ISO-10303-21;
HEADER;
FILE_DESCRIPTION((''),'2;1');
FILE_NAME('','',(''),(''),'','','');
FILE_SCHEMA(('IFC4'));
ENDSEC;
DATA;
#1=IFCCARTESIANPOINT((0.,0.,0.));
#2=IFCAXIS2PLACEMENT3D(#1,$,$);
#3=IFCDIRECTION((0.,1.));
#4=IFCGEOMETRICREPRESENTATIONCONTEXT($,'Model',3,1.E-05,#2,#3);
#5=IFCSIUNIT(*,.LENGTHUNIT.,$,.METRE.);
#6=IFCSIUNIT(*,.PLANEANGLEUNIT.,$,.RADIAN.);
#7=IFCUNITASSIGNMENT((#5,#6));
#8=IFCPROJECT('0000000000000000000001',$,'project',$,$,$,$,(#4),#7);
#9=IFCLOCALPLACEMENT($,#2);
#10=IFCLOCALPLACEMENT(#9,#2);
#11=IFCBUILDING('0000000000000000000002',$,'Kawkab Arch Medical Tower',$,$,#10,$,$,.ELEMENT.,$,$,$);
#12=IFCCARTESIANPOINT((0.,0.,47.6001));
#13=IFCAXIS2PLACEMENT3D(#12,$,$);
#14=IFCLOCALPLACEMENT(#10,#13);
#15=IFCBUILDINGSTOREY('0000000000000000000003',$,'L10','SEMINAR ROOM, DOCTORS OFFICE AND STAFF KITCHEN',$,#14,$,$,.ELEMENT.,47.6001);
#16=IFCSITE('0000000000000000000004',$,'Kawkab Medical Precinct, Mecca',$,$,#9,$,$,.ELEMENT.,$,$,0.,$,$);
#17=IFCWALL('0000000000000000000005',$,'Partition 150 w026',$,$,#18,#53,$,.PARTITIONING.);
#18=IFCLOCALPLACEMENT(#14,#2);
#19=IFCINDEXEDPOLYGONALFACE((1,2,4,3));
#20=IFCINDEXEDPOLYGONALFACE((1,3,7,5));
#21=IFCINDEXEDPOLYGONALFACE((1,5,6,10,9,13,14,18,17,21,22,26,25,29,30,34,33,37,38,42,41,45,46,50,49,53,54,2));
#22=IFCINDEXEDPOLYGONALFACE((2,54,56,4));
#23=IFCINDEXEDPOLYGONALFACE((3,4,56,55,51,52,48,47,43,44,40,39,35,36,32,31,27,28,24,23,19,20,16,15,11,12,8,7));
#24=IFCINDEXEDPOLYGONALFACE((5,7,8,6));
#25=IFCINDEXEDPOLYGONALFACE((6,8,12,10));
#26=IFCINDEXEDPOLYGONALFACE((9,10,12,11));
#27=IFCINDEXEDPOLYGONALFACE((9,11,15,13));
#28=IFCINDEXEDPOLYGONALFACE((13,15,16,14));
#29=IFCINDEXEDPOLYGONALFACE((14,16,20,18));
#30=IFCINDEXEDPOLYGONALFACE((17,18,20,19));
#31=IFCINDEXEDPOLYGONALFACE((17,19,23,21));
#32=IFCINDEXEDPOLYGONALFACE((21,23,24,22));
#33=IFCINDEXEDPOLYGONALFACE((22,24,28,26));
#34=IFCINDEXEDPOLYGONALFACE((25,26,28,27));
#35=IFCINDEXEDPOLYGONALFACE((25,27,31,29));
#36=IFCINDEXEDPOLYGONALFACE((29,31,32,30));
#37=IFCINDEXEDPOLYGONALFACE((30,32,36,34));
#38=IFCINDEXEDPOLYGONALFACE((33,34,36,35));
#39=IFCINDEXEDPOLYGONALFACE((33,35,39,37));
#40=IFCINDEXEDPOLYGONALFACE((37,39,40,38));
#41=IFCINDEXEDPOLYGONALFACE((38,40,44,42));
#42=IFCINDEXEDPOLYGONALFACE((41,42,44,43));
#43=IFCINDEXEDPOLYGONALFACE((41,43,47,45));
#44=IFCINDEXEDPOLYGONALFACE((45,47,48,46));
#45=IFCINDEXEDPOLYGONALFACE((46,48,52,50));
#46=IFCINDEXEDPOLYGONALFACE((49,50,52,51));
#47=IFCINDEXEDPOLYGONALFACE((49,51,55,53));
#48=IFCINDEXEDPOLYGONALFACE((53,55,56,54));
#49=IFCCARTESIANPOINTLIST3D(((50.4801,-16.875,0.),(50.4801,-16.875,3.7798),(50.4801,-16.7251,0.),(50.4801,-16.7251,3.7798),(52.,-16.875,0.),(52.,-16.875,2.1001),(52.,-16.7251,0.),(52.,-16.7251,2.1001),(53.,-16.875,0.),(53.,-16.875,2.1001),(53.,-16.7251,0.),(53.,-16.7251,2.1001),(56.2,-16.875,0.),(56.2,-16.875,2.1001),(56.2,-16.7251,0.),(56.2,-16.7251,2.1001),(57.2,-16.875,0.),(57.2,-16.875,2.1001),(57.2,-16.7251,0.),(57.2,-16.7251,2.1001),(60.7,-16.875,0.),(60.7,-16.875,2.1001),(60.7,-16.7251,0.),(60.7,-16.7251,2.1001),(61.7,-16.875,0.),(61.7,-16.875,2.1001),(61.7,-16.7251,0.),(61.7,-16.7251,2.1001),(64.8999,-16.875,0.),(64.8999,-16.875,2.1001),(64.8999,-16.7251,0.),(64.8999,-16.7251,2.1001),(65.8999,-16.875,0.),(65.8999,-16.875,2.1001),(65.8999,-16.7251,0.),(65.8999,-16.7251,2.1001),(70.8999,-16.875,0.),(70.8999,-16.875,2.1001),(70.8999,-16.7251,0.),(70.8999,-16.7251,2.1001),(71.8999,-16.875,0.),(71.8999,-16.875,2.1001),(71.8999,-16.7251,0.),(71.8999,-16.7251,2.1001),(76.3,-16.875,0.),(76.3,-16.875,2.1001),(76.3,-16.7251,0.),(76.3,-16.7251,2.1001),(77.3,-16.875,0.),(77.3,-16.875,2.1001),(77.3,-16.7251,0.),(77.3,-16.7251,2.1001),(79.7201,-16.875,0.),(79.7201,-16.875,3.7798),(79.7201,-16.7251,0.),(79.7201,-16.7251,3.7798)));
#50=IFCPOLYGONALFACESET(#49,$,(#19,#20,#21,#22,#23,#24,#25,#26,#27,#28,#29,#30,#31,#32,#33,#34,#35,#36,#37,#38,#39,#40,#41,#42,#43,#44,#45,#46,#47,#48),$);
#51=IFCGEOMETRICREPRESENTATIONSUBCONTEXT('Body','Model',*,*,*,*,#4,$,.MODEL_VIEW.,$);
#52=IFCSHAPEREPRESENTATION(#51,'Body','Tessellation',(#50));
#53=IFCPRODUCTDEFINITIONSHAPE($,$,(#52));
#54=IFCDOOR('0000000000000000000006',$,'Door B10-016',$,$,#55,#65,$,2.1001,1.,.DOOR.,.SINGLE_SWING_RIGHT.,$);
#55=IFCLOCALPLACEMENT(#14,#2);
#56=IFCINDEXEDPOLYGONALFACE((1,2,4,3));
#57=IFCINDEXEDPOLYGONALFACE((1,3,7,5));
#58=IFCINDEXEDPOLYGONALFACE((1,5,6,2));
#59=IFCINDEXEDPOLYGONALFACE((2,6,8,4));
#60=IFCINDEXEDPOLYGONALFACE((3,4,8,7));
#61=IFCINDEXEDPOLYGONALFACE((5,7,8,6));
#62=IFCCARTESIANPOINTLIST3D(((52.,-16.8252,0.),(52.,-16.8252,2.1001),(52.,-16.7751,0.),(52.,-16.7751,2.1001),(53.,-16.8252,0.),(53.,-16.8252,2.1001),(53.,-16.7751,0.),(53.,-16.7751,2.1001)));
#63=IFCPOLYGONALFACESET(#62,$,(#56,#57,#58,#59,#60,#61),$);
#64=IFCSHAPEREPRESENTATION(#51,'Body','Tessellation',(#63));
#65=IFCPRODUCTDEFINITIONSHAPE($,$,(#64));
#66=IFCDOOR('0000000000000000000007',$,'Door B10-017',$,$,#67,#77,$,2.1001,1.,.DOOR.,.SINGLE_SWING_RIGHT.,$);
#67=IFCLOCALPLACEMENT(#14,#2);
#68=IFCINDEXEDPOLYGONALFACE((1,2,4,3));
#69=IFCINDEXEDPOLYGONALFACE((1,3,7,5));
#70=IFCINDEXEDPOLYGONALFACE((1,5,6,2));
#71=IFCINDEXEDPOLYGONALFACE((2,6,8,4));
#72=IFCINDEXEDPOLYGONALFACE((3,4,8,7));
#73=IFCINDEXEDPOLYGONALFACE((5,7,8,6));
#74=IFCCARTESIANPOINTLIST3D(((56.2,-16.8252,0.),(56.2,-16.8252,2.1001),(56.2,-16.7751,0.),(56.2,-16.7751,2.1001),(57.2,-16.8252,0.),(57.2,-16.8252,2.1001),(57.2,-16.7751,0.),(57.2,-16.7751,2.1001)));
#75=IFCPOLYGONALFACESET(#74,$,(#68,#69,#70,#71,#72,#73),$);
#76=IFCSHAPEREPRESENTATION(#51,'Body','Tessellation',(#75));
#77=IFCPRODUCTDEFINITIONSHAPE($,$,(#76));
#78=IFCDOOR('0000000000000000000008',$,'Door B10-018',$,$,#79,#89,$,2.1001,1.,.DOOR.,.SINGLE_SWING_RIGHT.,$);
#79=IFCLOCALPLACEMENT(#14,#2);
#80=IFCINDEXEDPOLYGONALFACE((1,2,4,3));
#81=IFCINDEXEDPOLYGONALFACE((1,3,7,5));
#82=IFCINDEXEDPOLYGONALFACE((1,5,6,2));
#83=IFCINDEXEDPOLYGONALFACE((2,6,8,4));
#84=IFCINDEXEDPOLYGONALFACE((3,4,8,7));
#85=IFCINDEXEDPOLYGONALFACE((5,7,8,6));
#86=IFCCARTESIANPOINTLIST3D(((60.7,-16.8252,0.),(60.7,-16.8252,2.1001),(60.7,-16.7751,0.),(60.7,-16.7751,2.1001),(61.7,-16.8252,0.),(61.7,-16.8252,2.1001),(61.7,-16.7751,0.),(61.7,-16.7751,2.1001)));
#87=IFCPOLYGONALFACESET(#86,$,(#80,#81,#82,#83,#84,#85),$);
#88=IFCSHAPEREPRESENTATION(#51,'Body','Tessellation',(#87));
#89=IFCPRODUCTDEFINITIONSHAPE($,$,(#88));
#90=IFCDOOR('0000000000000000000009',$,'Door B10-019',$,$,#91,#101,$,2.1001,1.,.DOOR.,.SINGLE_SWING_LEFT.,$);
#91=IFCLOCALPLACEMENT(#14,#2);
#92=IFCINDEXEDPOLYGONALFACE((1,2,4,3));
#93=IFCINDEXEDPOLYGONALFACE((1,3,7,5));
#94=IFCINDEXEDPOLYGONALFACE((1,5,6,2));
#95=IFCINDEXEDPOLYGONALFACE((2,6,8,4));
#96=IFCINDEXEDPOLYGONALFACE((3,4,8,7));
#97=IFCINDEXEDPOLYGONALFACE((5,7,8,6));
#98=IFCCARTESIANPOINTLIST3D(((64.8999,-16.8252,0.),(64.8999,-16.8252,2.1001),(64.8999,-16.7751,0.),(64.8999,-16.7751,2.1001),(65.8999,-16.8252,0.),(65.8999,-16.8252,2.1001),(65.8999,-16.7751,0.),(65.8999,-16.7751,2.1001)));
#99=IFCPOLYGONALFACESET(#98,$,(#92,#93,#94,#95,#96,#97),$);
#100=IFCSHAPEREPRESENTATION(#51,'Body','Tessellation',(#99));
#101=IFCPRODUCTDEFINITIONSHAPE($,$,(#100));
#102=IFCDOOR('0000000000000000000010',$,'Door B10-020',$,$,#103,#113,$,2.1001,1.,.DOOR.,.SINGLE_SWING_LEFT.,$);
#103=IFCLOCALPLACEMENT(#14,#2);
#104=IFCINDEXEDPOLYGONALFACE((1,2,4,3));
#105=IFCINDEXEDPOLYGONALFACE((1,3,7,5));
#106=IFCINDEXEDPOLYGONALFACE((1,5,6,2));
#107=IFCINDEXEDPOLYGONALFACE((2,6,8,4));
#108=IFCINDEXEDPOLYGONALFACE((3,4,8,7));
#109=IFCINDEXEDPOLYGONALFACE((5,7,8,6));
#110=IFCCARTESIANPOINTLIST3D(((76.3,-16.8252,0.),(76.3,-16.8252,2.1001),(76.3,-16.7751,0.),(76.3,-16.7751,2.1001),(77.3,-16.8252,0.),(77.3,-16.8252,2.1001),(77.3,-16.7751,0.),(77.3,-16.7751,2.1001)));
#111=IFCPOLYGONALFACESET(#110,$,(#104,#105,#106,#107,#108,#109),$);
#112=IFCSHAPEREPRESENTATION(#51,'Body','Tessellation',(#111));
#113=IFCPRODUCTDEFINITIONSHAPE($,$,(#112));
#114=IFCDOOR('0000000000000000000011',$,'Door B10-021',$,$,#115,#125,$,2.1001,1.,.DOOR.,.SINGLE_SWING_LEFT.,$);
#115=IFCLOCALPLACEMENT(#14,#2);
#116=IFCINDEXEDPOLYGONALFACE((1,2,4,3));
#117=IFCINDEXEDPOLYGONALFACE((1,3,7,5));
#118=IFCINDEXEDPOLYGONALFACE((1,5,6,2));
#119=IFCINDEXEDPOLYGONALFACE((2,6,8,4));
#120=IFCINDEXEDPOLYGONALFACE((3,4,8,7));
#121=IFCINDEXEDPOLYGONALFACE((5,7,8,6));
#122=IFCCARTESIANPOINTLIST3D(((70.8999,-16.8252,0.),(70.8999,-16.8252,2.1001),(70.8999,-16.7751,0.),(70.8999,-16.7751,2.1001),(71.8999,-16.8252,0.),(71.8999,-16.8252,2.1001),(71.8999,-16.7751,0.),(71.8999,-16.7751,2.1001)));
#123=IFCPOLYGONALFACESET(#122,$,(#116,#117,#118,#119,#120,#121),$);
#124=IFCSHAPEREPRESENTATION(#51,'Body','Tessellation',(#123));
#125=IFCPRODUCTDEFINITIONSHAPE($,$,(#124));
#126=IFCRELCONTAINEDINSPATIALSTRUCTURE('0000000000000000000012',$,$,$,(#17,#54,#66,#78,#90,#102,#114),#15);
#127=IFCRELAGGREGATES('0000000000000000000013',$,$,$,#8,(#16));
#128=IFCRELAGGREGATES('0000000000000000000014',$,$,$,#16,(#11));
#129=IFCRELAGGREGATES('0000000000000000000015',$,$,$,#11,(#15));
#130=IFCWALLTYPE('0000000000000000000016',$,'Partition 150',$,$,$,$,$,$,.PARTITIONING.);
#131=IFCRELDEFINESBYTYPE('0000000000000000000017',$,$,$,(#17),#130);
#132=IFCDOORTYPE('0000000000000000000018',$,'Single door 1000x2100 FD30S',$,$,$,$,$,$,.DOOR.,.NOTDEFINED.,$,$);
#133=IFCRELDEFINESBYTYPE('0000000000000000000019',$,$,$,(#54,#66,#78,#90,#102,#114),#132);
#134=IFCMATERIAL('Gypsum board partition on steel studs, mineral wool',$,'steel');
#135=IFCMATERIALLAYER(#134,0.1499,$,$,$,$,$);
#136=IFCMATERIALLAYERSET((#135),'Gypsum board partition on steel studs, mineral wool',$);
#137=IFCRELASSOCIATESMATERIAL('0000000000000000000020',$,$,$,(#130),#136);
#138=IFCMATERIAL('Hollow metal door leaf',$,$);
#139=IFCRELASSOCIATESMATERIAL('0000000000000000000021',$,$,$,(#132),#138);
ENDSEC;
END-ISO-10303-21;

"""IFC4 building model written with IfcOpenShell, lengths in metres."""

from ifc_helpers import new_model, si_unit, direction, frame, frame_2d, origin, place, context, subcontext, project, spatial, rectangle, extrude, material, layer, layer_set, type_object, element, fill, save


model = new_model("IFC4")

# Units and contexts
model_context = context("Model", 3, precision=1e-05, world=origin(), true_north=direction((0.0, 1.0)))
body_context = subcontext(model_context, "Body", "Model", "MODEL_VIEW")
ifc_project = project(units=[si_unit("LENGTHUNIT", "METRE"), si_unit("PLANEANGLEUNIT", "RADIAN")], contexts=[model_context])

# Site, building, storey
site_placement = place(None, origin())
site = spatial("IfcSite", under=ifc_project, at=site_placement, Name="Kawkab Medical Precinct, Mecca", CompositionType="ELEMENT", RefElevation=0.0)
building_placement = place(site_placement, origin())
building = spatial("IfcBuilding", under=site, at=building_placement, Name="Kawkab Arch Medical Tower", CompositionType="ELEMENT")
storey_placement = place(building_placement, frame((0.0, 0.0, 47.6001)))
storey = spatial("IfcBuildingStorey", under=building, at=storey_placement, Name="L10", Description="SEMINAR ROOM, DOCTORS OFFICE AND STAFF KITCHEN", CompositionType="ELEMENT", Elevation=47.6001)

# Wall, openings, doors
ifc_material_1 = material(Name="Gypsum board partition on steel studs, mineral wool", Category="steel")
ifc_layer_1 = layer(ifc_material_1, 0.1499)
ifc_layer_set_1 = layer_set([ifc_layer_1], Name="Gypsum board partition on steel studs, mineral wool")
wall_type = type_object("IfcWallType", Name="Partition 150", PredefinedType="PARTITIONING", material=ifc_layer_set_1)
wall_1_placement = place(storey_placement, frame((50.48, -16.8, 0.0), z_axis=(0.0, 0.0, 1.0), x_axis=(1.0, 0.0, 0.0)))
wall_1 = element("IfcWall", 1, at=wall_1_placement, inside=storey, type_object=wall_type, Name="Partition 150 w026", PredefinedType="PARTITIONING", context=body_context, shape_type="SweptSolid", body=[
    extrude(rectangle(XDim=29.24, YDim=0.1499, at=frame_2d((14.6201, 0.0))), origin(), (0.0, 0.0, 1.0), 3.7798),
])
opening_1_placement = place(wall_1_placement, frame((1.52, 0.0, 0.0)))
opening_1 = element("IfcOpeningElement", 2, at=opening_1_placement, cuts=wall_1, PredefinedType="OPENING", context=body_context, shape_type="SweptSolid", body=[
    extrude(rectangle(XDim=1.0, YDim=2.1001, at=frame_2d((0.5, 1.05))), frame((0.0, 0.085, 0.0), z_axis=(0.0, -1.0, 0.0), x_axis=(1.0, 0.0, 0.0)), (0.0, 0.0, 1.0), 0.1699),
])
opening_2_placement = place(wall_1_placement, frame((5.72, 0.0, 0.0)))
opening_2 = element("IfcOpeningElement", 3, at=opening_2_placement, cuts=wall_1, PredefinedType="OPENING", context=body_context, shape_type="SweptSolid", body=[
    extrude(rectangle(XDim=1.0, YDim=2.1001, at=frame_2d((0.5, 1.05))), frame((0.0, 0.085, 0.0), z_axis=(0.0, -1.0, 0.0), x_axis=(1.0, 0.0, 0.0)), (0.0, 0.0, 1.0), 0.1699),
])
opening_3_placement = place(wall_1_placement, frame((10.22, 0.0, 0.0)))
opening_3 = element("IfcOpeningElement", 4, at=opening_3_placement, cuts=wall_1, PredefinedType="OPENING", context=body_context, shape_type="SweptSolid", body=[
    extrude(rectangle(XDim=1.0, YDim=2.1001, at=frame_2d((0.5, 1.05))), frame((0.0, 0.085, 0.0), z_axis=(0.0, -1.0, 0.0), x_axis=(1.0, 0.0, 0.0)), (0.0, 0.0, 1.0), 0.1699),
])
opening_4_placement = place(wall_1_placement, frame((14.4199, 0.0, 0.0)))
opening_4 = element("IfcOpeningElement", 5, at=opening_4_placement, cuts=wall_1, PredefinedType="OPENING", context=body_context, shape_type="SweptSolid", body=[
    extrude(rectangle(XDim=1.0, YDim=2.1001, at=frame_2d((0.5, 1.05))), frame((0.0, 0.085, 0.0), z_axis=(0.0, -1.0, 0.0), x_axis=(1.0, 0.0, 0.0)), (0.0, 0.0, 1.0), 0.1699),
])
opening_5_placement = place(wall_1_placement, frame((25.8201, 0.0, 0.0)))
opening_5 = element("IfcOpeningElement", 6, at=opening_5_placement, cuts=wall_1, PredefinedType="OPENING", context=body_context, shape_type="SweptSolid", body=[
    extrude(rectangle(XDim=1.0, YDim=2.1001, at=frame_2d((0.5, 1.05))), frame((0.0, 0.085, 0.0), z_axis=(0.0, -1.0, 0.0), x_axis=(1.0, 0.0, 0.0)), (0.0, 0.0, 1.0), 0.1699),
])
opening_6_placement = place(wall_1_placement, frame((20.4199, 0.0, 0.0)))
opening_6 = element("IfcOpeningElement", 7, at=opening_6_placement, cuts=wall_1, PredefinedType="OPENING", context=body_context, shape_type="SweptSolid", body=[
    extrude(rectangle(XDim=1.0, YDim=2.1001, at=frame_2d((0.5, 1.05))), frame((0.0, 0.085, 0.0), z_axis=(0.0, -1.0, 0.0), x_axis=(1.0, 0.0, 0.0)), (0.0, 0.0, 1.0), 0.1699),
])
ifc_material_2 = material(Name="Hollow metal door leaf")
door_type = type_object("IfcDoorType", Name="Single door 1000x2100 FD30S", OperationType="NOTDEFINED", PredefinedType="DOOR", material=ifc_material_2)
door_1_placement = place(opening_1_placement, origin())
door_1 = element("IfcDoor", 8, at=door_1_placement, inside=storey, type_object=door_type, Name="Door B10-016", OperationType="SINGLE_SWING_RIGHT", OverallHeight=2.1001, OverallWidth=1.0, PredefinedType="DOOR", context=body_context, shape_type="SweptSolid", body=[
    extrude(rectangle(XDim=1.0, YDim=2.1001, at=frame_2d((0.5, 1.05))), frame((0.0, 0.0249, 0.0), z_axis=(0.0, -1.0, 0.0), x_axis=(1.0, 0.0, 0.0)), (0.0, 0.0, 1.0), 0.05),
])
fill(opening_1, door_1)
door_2_placement = place(opening_2_placement, origin())
door_2 = element("IfcDoor", 9, at=door_2_placement, inside=storey, type_object=door_type, Name="Door B10-017", OperationType="SINGLE_SWING_RIGHT", OverallHeight=2.1001, OverallWidth=1.0, PredefinedType="DOOR", context=body_context, shape_type="SweptSolid", body=[
    extrude(rectangle(XDim=1.0, YDim=2.1001, at=frame_2d((0.5, 1.05))), frame((0.0, 0.0249, 0.0), z_axis=(0.0, -1.0, 0.0), x_axis=(1.0, 0.0, 0.0)), (0.0, 0.0, 1.0), 0.05),
])
fill(opening_2, door_2)
door_3_placement = place(opening_3_placement, origin())
door_3 = element("IfcDoor", 10, at=door_3_placement, inside=storey, type_object=door_type, Name="Door B10-018", OperationType="SINGLE_SWING_RIGHT", OverallHeight=2.1001, OverallWidth=1.0, PredefinedType="DOOR", context=body_context, shape_type="SweptSolid", body=[
    extrude(rectangle(XDim=1.0, YDim=2.1001, at=frame_2d((0.5, 1.05))), frame((0.0, 0.0249, 0.0), z_axis=(0.0, -1.0, 0.0), x_axis=(1.0, 0.0, 0.0)), (0.0, 0.0, 1.0), 0.05),
])
fill(opening_3, door_3)
door_4_placement = place(opening_4_placement, origin())
door_4 = element("IfcDoor", 11, at=door_4_placement, inside=storey, type_object=door_type, Name="Door B10-019", OperationType="SINGLE_SWING_LEFT", OverallHeight=2.1001, OverallWidth=1.0, PredefinedType="DOOR", context=body_context, shape_type="SweptSolid", body=[
    extrude(rectangle(XDim=1.0, YDim=2.1001, at=frame_2d((0.5, 1.05))), frame((0.0, 0.0249, 0.0), z_axis=(0.0, -1.0, 0.0), x_axis=(1.0, 0.0, 0.0)), (0.0, 0.0, 1.0), 0.05),
])
fill(opening_4, door_4)
door_5_placement = place(opening_5_placement, origin())
door_5 = element("IfcDoor", 12, at=door_5_placement, inside=storey, type_object=door_type, Name="Door B10-020", OperationType="SINGLE_SWING_LEFT", OverallHeight=2.1001, OverallWidth=1.0, PredefinedType="DOOR", context=body_context, shape_type="SweptSolid", body=[
    extrude(rectangle(XDim=1.0, YDim=2.1001, at=frame_2d((0.5, 1.05))), frame((0.0, 0.0249, 0.0), z_axis=(0.0, -1.0, 0.0), x_axis=(1.0, 0.0, 0.0)), (0.0, 0.0, 1.0), 0.05),
])
fill(opening_5, door_5)
door_6_placement = place(opening_6_placement, origin())
door_6 = element("IfcDoor", 13, at=door_6_placement, inside=storey, type_object=door_type, Name="Door B10-021", OperationType="SINGLE_SWING_LEFT", OverallHeight=2.1001, OverallWidth=1.0, PredefinedType="DOOR", context=body_context, shape_type="SweptSolid", body=[
    extrude(rectangle(XDim=1.0, YDim=2.1001, at=frame_2d((0.5, 1.05))), frame((0.0, 0.0249, 0.0), z_axis=(0.0, -1.0, 0.0), x_axis=(1.0, 0.0, 0.0)), (0.0, 0.0, 1.0), 0.05),
])
fill(opening_6, door_6)

save(model, "model.ifc")
